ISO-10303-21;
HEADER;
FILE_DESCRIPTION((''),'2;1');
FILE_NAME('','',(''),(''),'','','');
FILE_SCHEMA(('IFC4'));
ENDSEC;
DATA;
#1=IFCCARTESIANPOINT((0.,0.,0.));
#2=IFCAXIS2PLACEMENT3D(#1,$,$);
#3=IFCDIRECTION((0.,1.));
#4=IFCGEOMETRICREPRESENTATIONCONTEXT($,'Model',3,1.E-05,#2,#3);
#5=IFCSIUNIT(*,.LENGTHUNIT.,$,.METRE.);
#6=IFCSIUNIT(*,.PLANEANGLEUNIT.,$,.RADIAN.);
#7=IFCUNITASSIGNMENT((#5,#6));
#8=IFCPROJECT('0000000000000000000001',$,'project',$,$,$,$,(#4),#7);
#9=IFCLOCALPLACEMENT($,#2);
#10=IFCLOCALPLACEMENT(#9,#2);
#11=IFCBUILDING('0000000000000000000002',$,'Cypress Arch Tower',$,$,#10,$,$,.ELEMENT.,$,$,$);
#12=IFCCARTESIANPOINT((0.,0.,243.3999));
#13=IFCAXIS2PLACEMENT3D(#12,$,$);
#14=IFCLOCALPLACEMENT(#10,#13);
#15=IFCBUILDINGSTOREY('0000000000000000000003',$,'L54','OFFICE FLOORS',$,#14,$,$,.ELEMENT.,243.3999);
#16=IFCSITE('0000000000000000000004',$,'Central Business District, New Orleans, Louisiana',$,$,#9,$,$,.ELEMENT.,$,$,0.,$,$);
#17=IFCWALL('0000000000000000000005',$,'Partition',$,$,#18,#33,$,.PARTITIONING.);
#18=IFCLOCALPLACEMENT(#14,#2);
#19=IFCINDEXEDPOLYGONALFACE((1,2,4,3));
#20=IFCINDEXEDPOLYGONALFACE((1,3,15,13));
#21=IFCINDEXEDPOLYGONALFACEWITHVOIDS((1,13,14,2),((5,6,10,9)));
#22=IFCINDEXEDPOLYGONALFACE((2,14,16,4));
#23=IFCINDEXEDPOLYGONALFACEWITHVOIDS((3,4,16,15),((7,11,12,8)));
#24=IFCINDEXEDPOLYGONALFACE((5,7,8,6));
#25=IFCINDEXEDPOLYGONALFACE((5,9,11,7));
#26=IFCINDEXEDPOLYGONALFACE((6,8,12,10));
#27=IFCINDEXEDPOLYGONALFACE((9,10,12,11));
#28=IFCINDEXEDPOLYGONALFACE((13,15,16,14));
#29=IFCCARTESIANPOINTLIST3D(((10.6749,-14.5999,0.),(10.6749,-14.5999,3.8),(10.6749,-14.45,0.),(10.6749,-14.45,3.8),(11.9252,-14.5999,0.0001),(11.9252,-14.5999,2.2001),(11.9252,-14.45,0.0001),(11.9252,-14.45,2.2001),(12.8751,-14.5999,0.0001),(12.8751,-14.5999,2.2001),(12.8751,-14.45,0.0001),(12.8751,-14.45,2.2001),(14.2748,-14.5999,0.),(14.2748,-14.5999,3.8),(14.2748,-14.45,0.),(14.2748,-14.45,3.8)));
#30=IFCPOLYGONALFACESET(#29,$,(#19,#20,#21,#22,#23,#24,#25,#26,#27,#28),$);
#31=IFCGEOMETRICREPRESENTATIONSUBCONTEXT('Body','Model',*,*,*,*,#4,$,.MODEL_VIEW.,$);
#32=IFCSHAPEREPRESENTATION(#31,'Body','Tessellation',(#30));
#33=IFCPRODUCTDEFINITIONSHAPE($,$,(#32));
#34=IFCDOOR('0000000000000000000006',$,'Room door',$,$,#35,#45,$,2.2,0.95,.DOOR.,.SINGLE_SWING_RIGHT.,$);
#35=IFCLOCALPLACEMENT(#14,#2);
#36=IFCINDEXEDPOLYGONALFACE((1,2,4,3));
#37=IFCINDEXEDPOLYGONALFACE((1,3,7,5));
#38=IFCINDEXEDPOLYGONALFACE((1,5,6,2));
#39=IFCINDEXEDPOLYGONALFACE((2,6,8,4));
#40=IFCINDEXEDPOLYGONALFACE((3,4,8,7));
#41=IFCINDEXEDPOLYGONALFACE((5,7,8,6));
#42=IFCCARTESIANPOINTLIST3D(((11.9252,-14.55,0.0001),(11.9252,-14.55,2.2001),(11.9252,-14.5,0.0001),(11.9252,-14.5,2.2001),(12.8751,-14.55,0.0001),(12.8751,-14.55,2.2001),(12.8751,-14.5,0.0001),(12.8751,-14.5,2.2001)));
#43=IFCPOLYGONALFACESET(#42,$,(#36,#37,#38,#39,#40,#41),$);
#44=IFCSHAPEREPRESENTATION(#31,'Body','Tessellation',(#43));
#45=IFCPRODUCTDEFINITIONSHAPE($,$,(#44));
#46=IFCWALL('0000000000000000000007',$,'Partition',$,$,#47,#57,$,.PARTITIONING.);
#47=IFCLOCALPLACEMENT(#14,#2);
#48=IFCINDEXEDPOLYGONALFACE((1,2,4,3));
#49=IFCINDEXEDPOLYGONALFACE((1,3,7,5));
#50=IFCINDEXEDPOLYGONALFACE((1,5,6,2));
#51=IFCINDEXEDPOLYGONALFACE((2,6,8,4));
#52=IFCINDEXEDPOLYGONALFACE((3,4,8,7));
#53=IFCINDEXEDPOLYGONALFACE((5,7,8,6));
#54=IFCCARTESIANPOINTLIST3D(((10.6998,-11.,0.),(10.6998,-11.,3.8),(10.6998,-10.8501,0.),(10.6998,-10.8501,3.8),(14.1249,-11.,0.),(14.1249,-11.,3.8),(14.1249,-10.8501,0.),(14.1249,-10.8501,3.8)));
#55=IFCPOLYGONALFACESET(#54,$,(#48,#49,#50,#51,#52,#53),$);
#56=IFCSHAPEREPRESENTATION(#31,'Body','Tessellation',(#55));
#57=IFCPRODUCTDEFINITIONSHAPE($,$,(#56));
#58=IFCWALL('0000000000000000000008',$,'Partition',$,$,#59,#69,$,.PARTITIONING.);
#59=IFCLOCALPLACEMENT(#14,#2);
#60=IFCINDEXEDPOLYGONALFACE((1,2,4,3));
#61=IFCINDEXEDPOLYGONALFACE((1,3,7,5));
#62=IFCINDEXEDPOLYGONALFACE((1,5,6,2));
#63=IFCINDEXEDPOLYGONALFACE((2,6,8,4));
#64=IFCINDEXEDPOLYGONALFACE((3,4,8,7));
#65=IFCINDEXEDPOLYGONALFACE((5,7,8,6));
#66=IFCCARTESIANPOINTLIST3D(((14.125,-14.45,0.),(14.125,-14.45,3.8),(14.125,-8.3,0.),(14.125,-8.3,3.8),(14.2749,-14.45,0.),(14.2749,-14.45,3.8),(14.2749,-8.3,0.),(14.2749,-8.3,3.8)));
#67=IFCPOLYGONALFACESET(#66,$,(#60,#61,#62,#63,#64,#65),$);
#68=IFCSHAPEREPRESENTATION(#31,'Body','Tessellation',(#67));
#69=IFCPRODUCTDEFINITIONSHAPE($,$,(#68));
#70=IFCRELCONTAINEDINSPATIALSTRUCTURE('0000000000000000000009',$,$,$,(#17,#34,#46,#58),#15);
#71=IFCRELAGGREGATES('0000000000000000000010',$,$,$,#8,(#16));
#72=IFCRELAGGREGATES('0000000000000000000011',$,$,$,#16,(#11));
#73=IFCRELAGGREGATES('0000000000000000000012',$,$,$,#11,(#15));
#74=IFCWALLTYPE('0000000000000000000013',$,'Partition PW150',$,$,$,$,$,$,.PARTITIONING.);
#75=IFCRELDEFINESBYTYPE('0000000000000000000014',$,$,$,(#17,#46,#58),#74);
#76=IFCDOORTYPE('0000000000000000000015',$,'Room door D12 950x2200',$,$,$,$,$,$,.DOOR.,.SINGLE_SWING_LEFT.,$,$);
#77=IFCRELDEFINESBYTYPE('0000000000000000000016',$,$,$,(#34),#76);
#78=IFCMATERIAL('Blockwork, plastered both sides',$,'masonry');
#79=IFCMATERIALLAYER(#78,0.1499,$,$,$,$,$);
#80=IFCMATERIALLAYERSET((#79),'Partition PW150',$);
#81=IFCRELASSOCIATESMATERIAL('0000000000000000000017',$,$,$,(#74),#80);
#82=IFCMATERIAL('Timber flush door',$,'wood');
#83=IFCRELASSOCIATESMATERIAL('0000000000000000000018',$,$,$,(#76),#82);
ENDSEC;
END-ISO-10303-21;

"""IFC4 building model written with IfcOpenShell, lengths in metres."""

from ifc_helpers import new_model, si_unit, direction, frame, frame_2d, origin, place, context, subcontext, project, spatial, rectangle, extrude, material, layer, layer_set, type_object, element, fill, save


model = new_model("IFC4")

# Units and contexts
model_context = context("Model", 3, precision=1e-05, world=origin(), true_north=direction((0.0, 1.0)))
body_context = subcontext(model_context, "Body", "Model", "MODEL_VIEW")
ifc_project = project(units=[si_unit("LENGTHUNIT", "METRE"), si_unit("PLANEANGLEUNIT", "RADIAN")], contexts=[model_context])

# Site, building, storey
site_placement = place(None, origin())
site = spatial("IfcSite", under=ifc_project, at=site_placement, Name="Central Business District, New Orleans, Louisiana", CompositionType="ELEMENT", RefElevation=0.0)
building_placement = place(site_placement, origin())
building = spatial("IfcBuilding", under=site, at=building_placement, Name="Cypress Arch Tower", CompositionType="ELEMENT")
storey_placement = place(building_placement, frame((0.0, 0.0, 243.3999)))
storey = spatial("IfcBuildingStorey", under=building, at=storey_placement, Name="L54", Description="OFFICE FLOORS", CompositionType="ELEMENT", Elevation=243.3999)

# Shared definitions
ifc_material_1 = material(Name="Blockwork, plastered both sides", Category="masonry")
ifc_layer_1 = layer(ifc_material_1, 0.1499)
ifc_layer_set_1 = layer_set([ifc_layer_1], Name="Partition PW150")
wall_type_1 = type_object("IfcWallType", Name="Partition PW150", PredefinedType="PARTITIONING", material=ifc_layer_set_1)
ifc_material_2 = material(Name="Timber flush door", Category="wood")
door_type_1 = type_object("IfcDoorType", Name="Room door D12 950x2200", OperationType="SINGLE_SWING_LEFT", PredefinedType="DOOR", material=ifc_material_2)

# Wall, opening, door
wall_1_placement = place(storey_placement, frame((10.675, -14.5249, 0.0), z_axis=(0.0, 0.0, 1.0), x_axis=(1.0, 0.0, 0.0)))
wall_1 = element("IfcWall", 1, at=wall_1_placement, inside=storey, type_object=wall_type_1, Name="Partition", PredefinedType="PARTITIONING", context=body_context, shape_type="SweptSolid", body=[
    extrude(rectangle(XDim=3.5999, YDim=0.1499, at=frame_2d((1.7998, 0.0))), origin(), (0.0, 0.0, 1.0), 3.8),
])
opening_1_placement = place(wall_1_placement, frame((1.25, 0.0, 0.0)))
opening_1 = element("IfcOpeningElement", 2, at=opening_1_placement, cuts=wall_1, PredefinedType="OPENING", context=body_context, shape_type="SweptSolid", body=[
    extrude(rectangle(XDim=0.95, YDim=2.2, at=frame_2d((0.4751, 1.1001))), frame((0.0, 0.085, 0.0), z_axis=(0.0, -1.0, 0.0), x_axis=(1.0, 0.0, 0.0)), (0.0, 0.0, 1.0), 0.1699),
])
door_1_placement = place(opening_1_placement, origin())
door_1 = element("IfcDoor", 3, at=door_1_placement, inside=storey, type_object=door_type_1, Name="Room door", OperationType="SINGLE_SWING_RIGHT", OverallHeight=2.2, OverallWidth=0.95, PredefinedType="DOOR", context=body_context, shape_type="SweptSolid", body=[
    extrude(rectangle(XDim=0.95, YDim=2.2, at=frame_2d((0.4751, 1.1001))), frame((0.0, 0.0249, 0.0), z_axis=(0.0, -1.0, 0.0), x_axis=(1.0, 0.0, 0.0)), (0.0, 0.0, 1.0), 0.05),
])
fill(opening_1, door_1)

# Walls
wall_2_placement = place(storey_placement, frame((10.7, -10.925, 0.0), z_axis=(0.0, 0.0, 1.0), x_axis=(1.0, 0.0, 0.0)))
element("IfcWall", 4, at=wall_2_placement, inside=storey, type_object=wall_type_1, Name="Partition", PredefinedType="PARTITIONING", context=body_context, shape_type="SweptSolid", body=[
    extrude(rectangle(XDim=3.425, YDim=0.1499, at=frame_2d((1.7124, 0.0))), origin(), (0.0, 0.0, 1.0), 3.8),
])
wall_3_placement = place(storey_placement, frame((14.2, -14.45, 0.0), z_axis=(0.0, 0.0, 1.0), x_axis=(0.0, 1.0, 0.0)))
element("IfcWall", 5, at=wall_3_placement, inside=storey, type_object=wall_type_1, Name="Partition", PredefinedType="PARTITIONING", context=body_context, shape_type="SweptSolid", body=[
    extrude(rectangle(XDim=6.1499, YDim=0.1499, at=frame_2d((3.075, 0.0))), origin(), (0.0, 0.0, 1.0), 3.8),
])

save(model, "model.ifc")
